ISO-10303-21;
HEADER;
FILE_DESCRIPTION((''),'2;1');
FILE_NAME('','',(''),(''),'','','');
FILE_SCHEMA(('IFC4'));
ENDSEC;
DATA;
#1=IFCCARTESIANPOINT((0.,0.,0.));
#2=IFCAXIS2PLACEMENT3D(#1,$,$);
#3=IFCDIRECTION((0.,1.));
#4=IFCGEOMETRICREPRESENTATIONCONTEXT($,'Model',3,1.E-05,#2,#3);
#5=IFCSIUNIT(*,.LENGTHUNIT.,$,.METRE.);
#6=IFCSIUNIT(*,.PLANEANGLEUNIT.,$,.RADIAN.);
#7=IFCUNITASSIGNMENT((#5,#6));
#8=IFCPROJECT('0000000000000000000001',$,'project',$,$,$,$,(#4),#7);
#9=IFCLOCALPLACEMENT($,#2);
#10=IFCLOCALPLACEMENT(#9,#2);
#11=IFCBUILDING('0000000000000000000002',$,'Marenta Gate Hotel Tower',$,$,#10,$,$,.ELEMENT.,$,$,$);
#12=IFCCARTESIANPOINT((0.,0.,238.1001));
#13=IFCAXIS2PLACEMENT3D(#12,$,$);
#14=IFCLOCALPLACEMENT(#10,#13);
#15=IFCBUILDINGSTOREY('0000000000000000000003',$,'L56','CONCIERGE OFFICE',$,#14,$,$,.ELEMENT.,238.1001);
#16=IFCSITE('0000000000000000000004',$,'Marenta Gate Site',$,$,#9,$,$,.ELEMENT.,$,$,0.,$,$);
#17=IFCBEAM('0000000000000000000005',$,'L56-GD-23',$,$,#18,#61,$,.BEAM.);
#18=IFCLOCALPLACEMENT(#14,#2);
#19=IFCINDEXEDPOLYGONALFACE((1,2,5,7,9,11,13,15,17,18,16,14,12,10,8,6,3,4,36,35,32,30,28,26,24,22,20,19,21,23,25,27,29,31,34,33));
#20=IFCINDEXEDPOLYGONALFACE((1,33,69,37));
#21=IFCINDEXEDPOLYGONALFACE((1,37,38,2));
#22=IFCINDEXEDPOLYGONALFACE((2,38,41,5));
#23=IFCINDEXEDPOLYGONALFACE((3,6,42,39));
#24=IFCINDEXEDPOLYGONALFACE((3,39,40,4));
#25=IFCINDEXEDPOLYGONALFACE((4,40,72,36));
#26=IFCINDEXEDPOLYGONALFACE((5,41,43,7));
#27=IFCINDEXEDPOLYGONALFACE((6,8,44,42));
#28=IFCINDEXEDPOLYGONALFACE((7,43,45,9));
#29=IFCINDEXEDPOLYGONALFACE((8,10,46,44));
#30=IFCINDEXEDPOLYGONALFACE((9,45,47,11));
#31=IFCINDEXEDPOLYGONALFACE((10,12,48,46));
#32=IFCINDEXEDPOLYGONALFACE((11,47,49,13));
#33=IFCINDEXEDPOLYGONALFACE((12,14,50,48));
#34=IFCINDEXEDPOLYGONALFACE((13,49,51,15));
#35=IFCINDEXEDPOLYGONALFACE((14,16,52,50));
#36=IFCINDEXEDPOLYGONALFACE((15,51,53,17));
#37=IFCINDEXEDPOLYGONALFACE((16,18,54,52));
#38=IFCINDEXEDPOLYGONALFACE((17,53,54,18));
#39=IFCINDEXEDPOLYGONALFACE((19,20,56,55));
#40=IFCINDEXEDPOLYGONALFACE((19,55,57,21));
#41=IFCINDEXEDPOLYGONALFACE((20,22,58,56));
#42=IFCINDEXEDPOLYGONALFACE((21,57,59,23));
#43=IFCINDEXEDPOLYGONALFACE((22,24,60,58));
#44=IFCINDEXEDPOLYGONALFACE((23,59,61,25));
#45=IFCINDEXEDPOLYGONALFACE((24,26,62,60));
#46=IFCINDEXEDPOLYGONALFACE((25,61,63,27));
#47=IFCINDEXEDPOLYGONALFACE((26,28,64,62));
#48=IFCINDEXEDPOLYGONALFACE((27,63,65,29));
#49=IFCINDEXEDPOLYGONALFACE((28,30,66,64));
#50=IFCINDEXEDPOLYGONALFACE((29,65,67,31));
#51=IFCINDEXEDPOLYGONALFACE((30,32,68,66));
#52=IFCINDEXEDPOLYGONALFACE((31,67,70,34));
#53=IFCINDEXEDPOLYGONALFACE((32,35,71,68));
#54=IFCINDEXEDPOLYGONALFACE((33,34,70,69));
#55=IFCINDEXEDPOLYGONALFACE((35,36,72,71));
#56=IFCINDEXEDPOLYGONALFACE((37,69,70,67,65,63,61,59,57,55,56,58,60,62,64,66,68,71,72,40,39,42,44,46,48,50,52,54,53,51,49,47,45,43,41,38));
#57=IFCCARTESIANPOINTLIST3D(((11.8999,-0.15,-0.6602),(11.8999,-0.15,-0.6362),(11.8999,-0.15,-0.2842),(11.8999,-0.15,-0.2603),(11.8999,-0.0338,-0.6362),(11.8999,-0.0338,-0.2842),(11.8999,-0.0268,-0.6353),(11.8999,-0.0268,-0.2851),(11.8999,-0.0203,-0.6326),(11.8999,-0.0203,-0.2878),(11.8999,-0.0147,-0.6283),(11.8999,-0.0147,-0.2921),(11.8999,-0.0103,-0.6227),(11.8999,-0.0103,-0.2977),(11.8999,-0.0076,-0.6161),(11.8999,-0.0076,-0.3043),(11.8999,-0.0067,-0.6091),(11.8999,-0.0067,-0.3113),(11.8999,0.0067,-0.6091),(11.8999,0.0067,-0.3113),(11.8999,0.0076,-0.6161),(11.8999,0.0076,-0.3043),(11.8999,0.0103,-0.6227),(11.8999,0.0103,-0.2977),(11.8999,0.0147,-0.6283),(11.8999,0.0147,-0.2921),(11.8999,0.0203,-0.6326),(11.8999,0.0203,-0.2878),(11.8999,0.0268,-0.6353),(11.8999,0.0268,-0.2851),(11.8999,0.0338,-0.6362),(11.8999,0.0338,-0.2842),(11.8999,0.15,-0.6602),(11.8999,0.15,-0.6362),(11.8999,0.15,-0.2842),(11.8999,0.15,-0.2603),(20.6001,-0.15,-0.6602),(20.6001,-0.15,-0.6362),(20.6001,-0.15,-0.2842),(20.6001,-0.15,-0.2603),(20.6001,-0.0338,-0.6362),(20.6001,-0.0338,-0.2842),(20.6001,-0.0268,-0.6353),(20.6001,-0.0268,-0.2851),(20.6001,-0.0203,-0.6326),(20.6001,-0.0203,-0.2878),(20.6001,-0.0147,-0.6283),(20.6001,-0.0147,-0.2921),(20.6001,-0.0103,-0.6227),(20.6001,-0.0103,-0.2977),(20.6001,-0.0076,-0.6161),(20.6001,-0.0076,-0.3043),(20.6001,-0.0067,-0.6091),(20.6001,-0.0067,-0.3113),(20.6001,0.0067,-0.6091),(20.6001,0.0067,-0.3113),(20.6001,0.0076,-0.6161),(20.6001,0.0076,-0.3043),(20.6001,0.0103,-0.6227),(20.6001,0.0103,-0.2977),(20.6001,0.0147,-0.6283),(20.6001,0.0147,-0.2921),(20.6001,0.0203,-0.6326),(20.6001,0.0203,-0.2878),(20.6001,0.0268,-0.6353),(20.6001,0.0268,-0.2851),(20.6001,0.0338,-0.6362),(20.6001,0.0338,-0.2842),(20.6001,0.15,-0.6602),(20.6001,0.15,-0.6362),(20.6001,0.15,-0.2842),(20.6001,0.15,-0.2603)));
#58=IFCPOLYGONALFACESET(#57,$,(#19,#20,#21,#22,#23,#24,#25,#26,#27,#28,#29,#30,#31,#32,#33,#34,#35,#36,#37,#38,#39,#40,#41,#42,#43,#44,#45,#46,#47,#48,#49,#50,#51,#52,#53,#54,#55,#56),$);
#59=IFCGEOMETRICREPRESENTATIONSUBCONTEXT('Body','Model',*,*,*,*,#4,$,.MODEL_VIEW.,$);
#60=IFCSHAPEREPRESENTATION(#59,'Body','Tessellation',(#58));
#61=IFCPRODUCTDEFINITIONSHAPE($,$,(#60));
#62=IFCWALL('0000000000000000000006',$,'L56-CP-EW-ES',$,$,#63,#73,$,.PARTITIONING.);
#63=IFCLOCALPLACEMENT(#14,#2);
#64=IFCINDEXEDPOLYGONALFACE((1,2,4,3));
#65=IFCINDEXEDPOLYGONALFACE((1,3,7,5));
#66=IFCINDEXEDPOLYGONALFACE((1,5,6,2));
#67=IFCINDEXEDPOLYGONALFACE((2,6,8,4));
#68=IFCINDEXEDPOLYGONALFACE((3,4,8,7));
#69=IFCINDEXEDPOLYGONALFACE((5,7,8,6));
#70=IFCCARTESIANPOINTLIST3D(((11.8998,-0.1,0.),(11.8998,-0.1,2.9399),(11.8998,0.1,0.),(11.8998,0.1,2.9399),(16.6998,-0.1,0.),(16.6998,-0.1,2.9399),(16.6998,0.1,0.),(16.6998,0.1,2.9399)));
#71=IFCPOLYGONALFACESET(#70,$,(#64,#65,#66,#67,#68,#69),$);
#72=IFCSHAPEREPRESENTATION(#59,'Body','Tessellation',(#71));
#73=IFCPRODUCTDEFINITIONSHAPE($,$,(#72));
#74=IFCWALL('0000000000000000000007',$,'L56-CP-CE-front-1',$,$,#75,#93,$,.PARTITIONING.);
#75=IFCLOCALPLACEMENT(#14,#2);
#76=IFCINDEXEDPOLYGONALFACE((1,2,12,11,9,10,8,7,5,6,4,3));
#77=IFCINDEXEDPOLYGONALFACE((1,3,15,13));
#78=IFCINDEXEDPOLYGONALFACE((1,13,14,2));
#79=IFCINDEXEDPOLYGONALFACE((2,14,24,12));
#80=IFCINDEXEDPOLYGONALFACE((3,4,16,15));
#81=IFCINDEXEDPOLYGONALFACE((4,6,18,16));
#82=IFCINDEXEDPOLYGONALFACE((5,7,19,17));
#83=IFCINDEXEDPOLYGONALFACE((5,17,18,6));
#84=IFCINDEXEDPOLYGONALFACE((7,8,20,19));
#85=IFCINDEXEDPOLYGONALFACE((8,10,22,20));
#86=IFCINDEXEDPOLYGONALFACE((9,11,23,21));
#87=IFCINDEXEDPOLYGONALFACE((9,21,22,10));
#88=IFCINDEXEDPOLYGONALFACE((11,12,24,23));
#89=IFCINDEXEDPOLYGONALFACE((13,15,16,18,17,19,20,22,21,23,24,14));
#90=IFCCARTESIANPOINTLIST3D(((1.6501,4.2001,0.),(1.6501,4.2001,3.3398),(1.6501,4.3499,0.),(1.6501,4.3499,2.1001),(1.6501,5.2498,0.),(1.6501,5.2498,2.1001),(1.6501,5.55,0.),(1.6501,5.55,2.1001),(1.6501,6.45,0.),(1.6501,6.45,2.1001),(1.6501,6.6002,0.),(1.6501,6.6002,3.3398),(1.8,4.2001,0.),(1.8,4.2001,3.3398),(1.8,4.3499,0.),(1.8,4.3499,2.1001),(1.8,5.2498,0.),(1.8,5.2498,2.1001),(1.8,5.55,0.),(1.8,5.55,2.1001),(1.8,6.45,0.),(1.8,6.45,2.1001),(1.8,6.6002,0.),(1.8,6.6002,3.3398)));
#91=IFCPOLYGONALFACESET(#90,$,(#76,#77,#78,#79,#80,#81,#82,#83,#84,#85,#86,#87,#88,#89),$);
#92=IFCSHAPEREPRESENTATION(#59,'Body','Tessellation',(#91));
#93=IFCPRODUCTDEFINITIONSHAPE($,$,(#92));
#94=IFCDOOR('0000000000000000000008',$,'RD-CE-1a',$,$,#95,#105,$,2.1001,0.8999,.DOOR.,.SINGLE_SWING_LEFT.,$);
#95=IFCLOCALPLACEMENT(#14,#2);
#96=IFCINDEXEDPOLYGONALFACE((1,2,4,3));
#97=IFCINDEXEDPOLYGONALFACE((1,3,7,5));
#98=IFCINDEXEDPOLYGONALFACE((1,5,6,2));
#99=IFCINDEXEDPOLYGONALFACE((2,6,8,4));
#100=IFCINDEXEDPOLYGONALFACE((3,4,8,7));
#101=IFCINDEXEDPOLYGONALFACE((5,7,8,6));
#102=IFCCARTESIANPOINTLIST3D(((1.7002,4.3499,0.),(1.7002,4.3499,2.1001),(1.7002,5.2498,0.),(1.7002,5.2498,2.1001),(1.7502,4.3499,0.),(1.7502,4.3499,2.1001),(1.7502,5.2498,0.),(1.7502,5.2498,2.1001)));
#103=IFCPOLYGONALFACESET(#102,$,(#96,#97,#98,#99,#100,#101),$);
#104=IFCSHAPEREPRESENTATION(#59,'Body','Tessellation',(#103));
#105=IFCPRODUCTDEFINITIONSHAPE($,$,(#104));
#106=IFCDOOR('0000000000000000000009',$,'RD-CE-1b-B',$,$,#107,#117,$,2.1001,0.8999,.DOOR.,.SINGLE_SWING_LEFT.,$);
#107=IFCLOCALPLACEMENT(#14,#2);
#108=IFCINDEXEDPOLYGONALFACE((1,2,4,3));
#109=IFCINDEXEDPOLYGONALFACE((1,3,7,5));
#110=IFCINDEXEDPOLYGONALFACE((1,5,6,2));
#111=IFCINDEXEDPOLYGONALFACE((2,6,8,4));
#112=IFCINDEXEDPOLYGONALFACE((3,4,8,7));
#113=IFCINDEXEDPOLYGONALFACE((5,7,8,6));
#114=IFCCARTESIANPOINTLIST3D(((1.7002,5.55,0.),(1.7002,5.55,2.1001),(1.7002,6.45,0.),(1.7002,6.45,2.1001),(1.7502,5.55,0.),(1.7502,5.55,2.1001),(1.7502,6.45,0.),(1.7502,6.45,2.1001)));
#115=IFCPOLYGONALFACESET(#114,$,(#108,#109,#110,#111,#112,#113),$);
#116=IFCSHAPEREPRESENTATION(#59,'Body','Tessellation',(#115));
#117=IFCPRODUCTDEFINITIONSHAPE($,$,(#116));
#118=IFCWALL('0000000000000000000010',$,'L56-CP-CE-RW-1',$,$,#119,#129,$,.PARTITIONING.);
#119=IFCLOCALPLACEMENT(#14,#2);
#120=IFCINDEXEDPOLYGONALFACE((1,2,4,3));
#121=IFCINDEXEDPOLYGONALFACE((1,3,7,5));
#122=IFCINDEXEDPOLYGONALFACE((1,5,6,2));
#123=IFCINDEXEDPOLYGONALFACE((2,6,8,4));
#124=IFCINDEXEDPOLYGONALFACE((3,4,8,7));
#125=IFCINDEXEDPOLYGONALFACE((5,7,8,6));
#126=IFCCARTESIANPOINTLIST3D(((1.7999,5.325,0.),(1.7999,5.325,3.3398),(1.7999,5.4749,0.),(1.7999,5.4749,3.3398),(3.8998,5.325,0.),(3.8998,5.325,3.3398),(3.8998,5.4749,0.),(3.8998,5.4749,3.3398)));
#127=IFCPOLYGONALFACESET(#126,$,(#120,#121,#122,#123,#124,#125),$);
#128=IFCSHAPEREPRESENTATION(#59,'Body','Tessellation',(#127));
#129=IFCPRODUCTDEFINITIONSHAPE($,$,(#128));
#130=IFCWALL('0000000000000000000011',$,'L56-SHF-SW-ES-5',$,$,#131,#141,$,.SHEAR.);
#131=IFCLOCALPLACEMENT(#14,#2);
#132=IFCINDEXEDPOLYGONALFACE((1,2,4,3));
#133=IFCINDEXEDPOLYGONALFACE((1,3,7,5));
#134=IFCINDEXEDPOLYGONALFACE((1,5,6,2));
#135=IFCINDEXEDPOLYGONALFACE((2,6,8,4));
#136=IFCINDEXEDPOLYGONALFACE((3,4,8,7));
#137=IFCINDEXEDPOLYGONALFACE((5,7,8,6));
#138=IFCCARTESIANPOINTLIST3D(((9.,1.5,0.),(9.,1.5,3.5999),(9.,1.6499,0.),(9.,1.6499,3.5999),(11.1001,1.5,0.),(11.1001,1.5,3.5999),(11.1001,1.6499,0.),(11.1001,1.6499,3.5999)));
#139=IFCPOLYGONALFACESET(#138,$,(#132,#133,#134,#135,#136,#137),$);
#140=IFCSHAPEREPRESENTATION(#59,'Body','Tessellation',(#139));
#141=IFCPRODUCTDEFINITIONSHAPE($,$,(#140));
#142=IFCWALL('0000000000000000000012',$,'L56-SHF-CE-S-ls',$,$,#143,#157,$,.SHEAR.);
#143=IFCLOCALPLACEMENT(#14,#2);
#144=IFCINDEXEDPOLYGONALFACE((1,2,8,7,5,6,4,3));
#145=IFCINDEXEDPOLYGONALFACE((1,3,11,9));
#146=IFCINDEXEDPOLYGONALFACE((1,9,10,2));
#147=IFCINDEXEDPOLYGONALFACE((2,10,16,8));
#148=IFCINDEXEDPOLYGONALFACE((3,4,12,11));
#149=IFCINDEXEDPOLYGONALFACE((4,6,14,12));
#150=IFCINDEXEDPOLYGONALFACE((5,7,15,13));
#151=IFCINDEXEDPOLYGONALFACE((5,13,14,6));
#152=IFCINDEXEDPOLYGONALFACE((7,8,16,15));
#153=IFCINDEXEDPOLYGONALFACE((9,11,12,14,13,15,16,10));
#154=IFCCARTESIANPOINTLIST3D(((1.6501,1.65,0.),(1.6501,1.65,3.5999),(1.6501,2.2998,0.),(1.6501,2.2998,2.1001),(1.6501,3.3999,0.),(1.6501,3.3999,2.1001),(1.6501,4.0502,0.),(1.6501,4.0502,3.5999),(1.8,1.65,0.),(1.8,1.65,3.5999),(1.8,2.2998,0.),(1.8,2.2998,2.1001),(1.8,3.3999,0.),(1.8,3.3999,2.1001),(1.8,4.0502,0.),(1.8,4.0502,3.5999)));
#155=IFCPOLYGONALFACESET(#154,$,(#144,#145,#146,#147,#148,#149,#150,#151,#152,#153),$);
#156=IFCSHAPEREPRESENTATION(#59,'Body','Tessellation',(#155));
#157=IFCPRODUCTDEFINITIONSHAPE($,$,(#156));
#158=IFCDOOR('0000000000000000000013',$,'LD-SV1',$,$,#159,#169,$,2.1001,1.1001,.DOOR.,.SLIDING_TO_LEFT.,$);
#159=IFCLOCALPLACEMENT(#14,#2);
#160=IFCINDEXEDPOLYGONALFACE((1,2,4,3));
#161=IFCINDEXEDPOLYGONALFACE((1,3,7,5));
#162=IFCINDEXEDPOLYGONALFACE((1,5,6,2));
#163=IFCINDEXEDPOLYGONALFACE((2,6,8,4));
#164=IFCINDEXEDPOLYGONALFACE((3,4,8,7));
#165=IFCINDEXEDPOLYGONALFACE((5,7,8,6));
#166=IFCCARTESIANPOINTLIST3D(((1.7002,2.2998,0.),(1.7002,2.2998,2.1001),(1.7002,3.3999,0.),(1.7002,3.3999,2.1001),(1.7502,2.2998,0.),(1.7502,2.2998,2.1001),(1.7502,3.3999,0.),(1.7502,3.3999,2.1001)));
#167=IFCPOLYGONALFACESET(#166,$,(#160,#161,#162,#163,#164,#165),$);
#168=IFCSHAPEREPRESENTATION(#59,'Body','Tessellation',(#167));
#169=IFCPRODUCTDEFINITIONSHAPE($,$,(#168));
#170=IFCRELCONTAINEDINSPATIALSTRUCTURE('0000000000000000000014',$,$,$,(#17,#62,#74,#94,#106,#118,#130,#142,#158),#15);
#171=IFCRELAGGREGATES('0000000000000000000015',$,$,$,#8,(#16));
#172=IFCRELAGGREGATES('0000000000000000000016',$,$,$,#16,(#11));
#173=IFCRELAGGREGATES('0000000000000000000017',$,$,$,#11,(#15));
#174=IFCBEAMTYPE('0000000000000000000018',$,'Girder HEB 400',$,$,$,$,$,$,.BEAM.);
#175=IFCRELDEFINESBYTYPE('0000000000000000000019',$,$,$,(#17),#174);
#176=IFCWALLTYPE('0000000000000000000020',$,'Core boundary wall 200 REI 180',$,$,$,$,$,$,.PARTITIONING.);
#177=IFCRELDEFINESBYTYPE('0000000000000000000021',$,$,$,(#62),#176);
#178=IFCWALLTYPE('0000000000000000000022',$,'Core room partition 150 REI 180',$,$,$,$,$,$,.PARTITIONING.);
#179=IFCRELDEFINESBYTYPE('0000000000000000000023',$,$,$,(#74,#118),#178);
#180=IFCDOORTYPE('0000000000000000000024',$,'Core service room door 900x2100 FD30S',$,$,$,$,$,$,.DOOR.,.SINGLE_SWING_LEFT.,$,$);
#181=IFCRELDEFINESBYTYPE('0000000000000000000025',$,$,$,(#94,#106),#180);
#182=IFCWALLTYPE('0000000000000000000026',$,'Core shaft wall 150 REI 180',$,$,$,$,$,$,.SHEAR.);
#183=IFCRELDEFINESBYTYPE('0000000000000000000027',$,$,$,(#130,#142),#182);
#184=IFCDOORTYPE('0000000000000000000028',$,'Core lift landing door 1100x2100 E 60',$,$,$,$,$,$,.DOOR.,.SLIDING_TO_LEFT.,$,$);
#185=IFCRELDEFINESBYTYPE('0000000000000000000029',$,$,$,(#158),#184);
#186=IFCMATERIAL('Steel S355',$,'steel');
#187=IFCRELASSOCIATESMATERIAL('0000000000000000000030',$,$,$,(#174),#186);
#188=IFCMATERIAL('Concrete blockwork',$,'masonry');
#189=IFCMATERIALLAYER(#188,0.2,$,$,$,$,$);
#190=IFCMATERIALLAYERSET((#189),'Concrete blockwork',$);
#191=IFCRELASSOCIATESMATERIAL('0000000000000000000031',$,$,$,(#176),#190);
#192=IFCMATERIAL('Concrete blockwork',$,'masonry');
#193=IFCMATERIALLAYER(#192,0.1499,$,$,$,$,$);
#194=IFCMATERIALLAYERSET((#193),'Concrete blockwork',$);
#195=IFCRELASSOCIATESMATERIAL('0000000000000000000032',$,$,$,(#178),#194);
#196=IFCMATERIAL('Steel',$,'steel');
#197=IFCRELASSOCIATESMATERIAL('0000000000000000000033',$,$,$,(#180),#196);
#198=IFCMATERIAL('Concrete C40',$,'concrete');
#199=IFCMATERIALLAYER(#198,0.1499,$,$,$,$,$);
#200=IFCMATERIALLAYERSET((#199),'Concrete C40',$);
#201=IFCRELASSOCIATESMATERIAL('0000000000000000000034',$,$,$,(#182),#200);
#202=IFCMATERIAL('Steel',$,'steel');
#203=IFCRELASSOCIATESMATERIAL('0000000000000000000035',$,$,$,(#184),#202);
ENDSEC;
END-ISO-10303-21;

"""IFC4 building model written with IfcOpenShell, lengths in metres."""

from ifc_helpers import new_model, si_unit, direction, frame, frame_2d, origin, origin_2d, place, context, subcontext, project, spatial, rectangle, i_section, extrude, material, layer, layer_set, material_profile, profile_set, type_object, element, fill, save


model = new_model("IFC4")

# Units and contexts
model_context = context("Model", 3, precision=1e-05, world=origin(), true_north=direction((0.0, 1.0)))
body_context = subcontext(model_context, "Body", "Model", "MODEL_VIEW")
ifc_project = project(units=[si_unit("LENGTHUNIT", "METRE"), si_unit("PLANEANGLEUNIT", "RADIAN")], contexts=[model_context])

# Site, building, storey
site_placement = place(None, origin())
site = spatial("IfcSite", under=ifc_project, at=site_placement, Name="Marenta Gate Site", CompositionType="ELEMENT", RefElevation=0.0)
building_placement = place(site_placement, origin())
building = spatial("IfcBuilding", under=site, at=building_placement, Name="Marenta Gate Hotel Tower", CompositionType="ELEMENT")
storey_placement = place(building_placement, frame((0.0, 0.0, 238.1001)))
storey = spatial("IfcBuildingStorey", under=building, at=storey_placement, Name="L56", Description="CONCIERGE OFFICE", CompositionType="ELEMENT", Elevation=238.1001)

# Beam
ifc_material_1 = material(Name="Steel S355", Category="steel")
ifc_material_profile = material_profile(ifc_material_1, i_section(OverallWidth=0.3, OverallDepth=0.3999, WebThickness=0.0134, FlangeThickness=0.0239, FilletRadius=0.0271, at=origin_2d()), Name="HEB 400")
ifc_profile_set = profile_set([ifc_material_profile], Name="Steel S355")
beam_type = type_object("IfcBeamType", Name="Girder HEB 400", PredefinedType="BEAM", material=ifc_profile_set)
beam_placement = place(storey_placement, frame((11.8999, 0.0, -0.4602), z_axis=(1.0, 0.0, 0.0), x_axis=(0.0, 1.0, 0.0)))
element("IfcBeam", 1, at=beam_placement, inside=storey, type_object=beam_type, Name="L56-GD-23", PredefinedType="BEAM", context=body_context, shape_type="SweptSolid", body=[
    extrude(i_section(OverallWidth=0.3, OverallDepth=0.3999, WebThickness=0.0134, FlangeThickness=0.0239, FilletRadius=0.0271, at=origin_2d()), origin(), (0.0, 0.0, 1.0), 8.7002),
])

# Shared definitions
ifc_material_2 = material(Name="Concrete blockwork", Category="masonry")
ifc_layer_1 = layer(ifc_material_2, 0.2)
ifc_layer_set_1 = layer_set([ifc_layer_1], Name="Concrete blockwork")
wall_type_1 = type_object("IfcWallType", Name="Core boundary wall 200 REI 180", PredefinedType="PARTITIONING", material=ifc_layer_set_1)

# Wall
wall_1_placement = place(storey_placement, frame((11.8999, 0.0, 0.0), z_axis=(0.0, 0.0, 1.0), x_axis=(1.0, 0.0, 0.0)))
element("IfcWall", 2, at=wall_1_placement, inside=storey, type_object=wall_type_1, Name="L56-CP-EW-ES", PredefinedType="PARTITIONING", context=body_context, shape_type="SweptSolid", body=[
    extrude(rectangle(XDim=4.8, YDim=0.2, at=frame_2d((2.3999, 0.0))), origin(), (0.0, 0.0, 1.0), 2.9399),
])

# Wall, openings, doors
ifc_material_3 = material(Name="Concrete blockwork", Category="masonry")
ifc_layer_2 = layer(ifc_material_3, 0.1499)
ifc_layer_set_2 = layer_set([ifc_layer_2], Name="Concrete blockwork")
wall_type_2 = type_object("IfcWallType", Name="Core room partition 150 REI 180", PredefinedType="PARTITIONING", material=ifc_layer_set_2)
wall_2_placement = place(storey_placement, frame((1.7251, 4.2, 0.0), z_axis=(0.0, 0.0, 1.0), x_axis=(0.0, 1.0, 0.0)))
wall_2 = element("IfcWall", 3, at=wall_2_placement, inside=storey, type_object=wall_type_2, Name="L56-CP-CE-front-1", PredefinedType="PARTITIONING", context=body_context, shape_type="SweptSolid", body=[
    extrude(rectangle(XDim=2.4001, YDim=0.1499, at=frame_2d((1.2002, 0.0))), origin(), (0.0, 0.0, 1.0), 3.3398),
])
opening_1_placement = place(wall_2_placement, frame((0.1499, 0.0, 0.0)))
opening_1 = element("IfcOpeningElement", 4, at=opening_1_placement, cuts=wall_2, PredefinedType="OPENING", context=body_context, shape_type="SweptSolid", body=[
    extrude(rectangle(XDim=0.8999, YDim=2.1001, at=frame_2d((0.45, 1.05))), frame((0.0, 0.075, 0.0), z_axis=(0.0, -1.0, 0.0), x_axis=(1.0, 0.0, 0.0)), (0.0, 0.0, 1.0), 0.1499),
])
opening_2_placement = place(wall_2_placement, frame((1.3501, 0.0, 0.0)))
opening_2 = element("IfcOpeningElement", 5, at=opening_2_placement, cuts=wall_2, PredefinedType="OPENING", context=body_context, shape_type="SweptSolid", body=[
    extrude(rectangle(XDim=0.8999, YDim=2.1001, at=frame_2d((0.45, 1.05))), frame((0.0, 0.075, 0.0), z_axis=(0.0, -1.0, 0.0), x_axis=(1.0, 0.0, 0.0)), (0.0, 0.0, 1.0), 0.1499),
])
ifc_material_4 = material(Name="Steel", Category="steel")
door_type_1 = type_object("IfcDoorType", Name="Core service room door 900x2100 FD30S", OperationType="SINGLE_SWING_LEFT", PredefinedType="DOOR", material=ifc_material_4)
door_1_placement = place(opening_1_placement, origin())
door_1 = element("IfcDoor", 6, at=door_1_placement, inside=storey, type_object=door_type_1, Name="RD-CE-1a", OperationType="SINGLE_SWING_LEFT", OverallHeight=2.1001, OverallWidth=0.8999, PredefinedType="DOOR", context=body_context, shape_type="SweptSolid", body=[
    extrude(rectangle(XDim=0.8999, YDim=2.1001, at=frame_2d((0.45, 1.05))), frame((0.0, 0.0249, 0.0), z_axis=(0.0, -1.0, 0.0), x_axis=(1.0, 0.0, 0.0)), (0.0, 0.0, 1.0), 0.05),
])
fill(opening_1, door_1)
door_2_placement = place(opening_2_placement, origin())
door_2 = element("IfcDoor", 7, at=door_2_placement, inside=storey, type_object=door_type_1, Name="RD-CE-1b-B", OperationType="SINGLE_SWING_LEFT", OverallHeight=2.1001, OverallWidth=0.8999, PredefinedType="DOOR", context=body_context, shape_type="SweptSolid", body=[
    extrude(rectangle(XDim=0.8999, YDim=2.1001, at=frame_2d((0.45, 1.05))), frame((0.0, 0.0249, 0.0), z_axis=(0.0, -1.0, 0.0), x_axis=(1.0, 0.0, 0.0)), (0.0, 0.0, 1.0), 0.05),
])
fill(opening_2, door_2)

# Walls
wall_3_placement = place(storey_placement, frame((1.8, 5.3999, 0.0), z_axis=(0.0, 0.0, 1.0), x_axis=(1.0, 0.0, 0.0)))
element("IfcWall", 8, at=wall_3_placement, inside=storey, type_object=wall_type_2, Name="L56-CP-CE-RW-1", PredefinedType="PARTITIONING", context=body_context, shape_type="SweptSolid", body=[
    extrude(rectangle(XDim=2.0999, YDim=0.1499, at=frame_2d((1.0498, 0.0))), origin(), (0.0, 0.0, 1.0), 3.3398),
])
ifc_material_5 = material(Name="Concrete C40", Category="concrete")
ifc_layer_3 = layer(ifc_material_5, 0.1499)
ifc_layer_set_3 = layer_set([ifc_layer_3], Name="Concrete C40")
wall_type_3 = type_object("IfcWallType", Name="Core shaft wall 150 REI 180", PredefinedType="SHEAR", material=ifc_layer_set_3)
wall_4_placement = place(storey_placement, frame((9.0, 1.575, 0.0), z_axis=(0.0, 0.0, 1.0), x_axis=(1.0, 0.0, 0.0)))
element("IfcWall", 9, at=wall_4_placement, inside=storey, type_object=wall_type_3, Name="L56-SHF-SW-ES-5", PredefinedType="SHEAR", context=body_context, shape_type="SweptSolid", body=[
    extrude(rectangle(XDim=2.1001, YDim=0.1499, at=frame_2d((1.05, 0.0))), origin(), (0.0, 0.0, 1.0), 3.5999),
])

# Wall, opening, door
wall_5_placement = place(storey_placement, frame((1.7251, 1.6499, 0.0), z_axis=(0.0, 0.0, 1.0), x_axis=(0.0, 1.0, 0.0)))
wall_5 = element("IfcWall", 10, at=wall_5_placement, inside=storey, type_object=wall_type_3, Name="L56-SHF-CE-S-ls", PredefinedType="SHEAR", context=body_context, shape_type="SweptSolid", body=[
    extrude(rectangle(XDim=2.4001, YDim=0.1499, at=frame_2d((1.2002, 0.0))), origin(), (0.0, 0.0, 1.0), 3.5999),
])
opening_3_placement = place(wall_5_placement, frame((0.6499, 0.0, 0.0)))
opening_3 = element("IfcOpeningElement", 11, at=opening_3_placement, cuts=wall_5, PredefinedType="OPENING", context=body_context, shape_type="SweptSolid", body=[
    extrude(rectangle(XDim=1.1001, YDim=2.1001, at=frame_2d((0.55, 1.05))), frame((0.0, 0.075, 0.0), z_axis=(0.0, -1.0, 0.0), x_axis=(1.0, 0.0, 0.0)), (0.0, 0.0, 1.0), 0.1499),
])
ifc_material_6 = material(Name="Steel", Category="steel")
door_type_2 = type_object("IfcDoorType", Name="Core lift landing door 1100x2100 E 60", OperationType="SLIDING_TO_LEFT", PredefinedType="DOOR", material=ifc_material_6)
door_3_placement = place(opening_3_placement, origin())
door_3 = element("IfcDoor", 12, at=door_3_placement, inside=storey, type_object=door_type_2, Name="LD-SV1", OperationType="SLIDING_TO_LEFT", OverallHeight=2.1001, OverallWidth=1.1001, PredefinedType="DOOR", context=body_context, shape_type="SweptSolid", body=[
    extrude(rectangle(XDim=1.1001, YDim=2.1001, at=frame_2d((0.55, 1.05))), frame((0.0, 0.0249, 0.0), z_axis=(0.0, -1.0, 0.0), x_axis=(1.0, 0.0, 0.0)), (0.0, 0.0, 1.0), 0.05),
])
fill(opening_3, door_3)

save(model, "model.ifc")
